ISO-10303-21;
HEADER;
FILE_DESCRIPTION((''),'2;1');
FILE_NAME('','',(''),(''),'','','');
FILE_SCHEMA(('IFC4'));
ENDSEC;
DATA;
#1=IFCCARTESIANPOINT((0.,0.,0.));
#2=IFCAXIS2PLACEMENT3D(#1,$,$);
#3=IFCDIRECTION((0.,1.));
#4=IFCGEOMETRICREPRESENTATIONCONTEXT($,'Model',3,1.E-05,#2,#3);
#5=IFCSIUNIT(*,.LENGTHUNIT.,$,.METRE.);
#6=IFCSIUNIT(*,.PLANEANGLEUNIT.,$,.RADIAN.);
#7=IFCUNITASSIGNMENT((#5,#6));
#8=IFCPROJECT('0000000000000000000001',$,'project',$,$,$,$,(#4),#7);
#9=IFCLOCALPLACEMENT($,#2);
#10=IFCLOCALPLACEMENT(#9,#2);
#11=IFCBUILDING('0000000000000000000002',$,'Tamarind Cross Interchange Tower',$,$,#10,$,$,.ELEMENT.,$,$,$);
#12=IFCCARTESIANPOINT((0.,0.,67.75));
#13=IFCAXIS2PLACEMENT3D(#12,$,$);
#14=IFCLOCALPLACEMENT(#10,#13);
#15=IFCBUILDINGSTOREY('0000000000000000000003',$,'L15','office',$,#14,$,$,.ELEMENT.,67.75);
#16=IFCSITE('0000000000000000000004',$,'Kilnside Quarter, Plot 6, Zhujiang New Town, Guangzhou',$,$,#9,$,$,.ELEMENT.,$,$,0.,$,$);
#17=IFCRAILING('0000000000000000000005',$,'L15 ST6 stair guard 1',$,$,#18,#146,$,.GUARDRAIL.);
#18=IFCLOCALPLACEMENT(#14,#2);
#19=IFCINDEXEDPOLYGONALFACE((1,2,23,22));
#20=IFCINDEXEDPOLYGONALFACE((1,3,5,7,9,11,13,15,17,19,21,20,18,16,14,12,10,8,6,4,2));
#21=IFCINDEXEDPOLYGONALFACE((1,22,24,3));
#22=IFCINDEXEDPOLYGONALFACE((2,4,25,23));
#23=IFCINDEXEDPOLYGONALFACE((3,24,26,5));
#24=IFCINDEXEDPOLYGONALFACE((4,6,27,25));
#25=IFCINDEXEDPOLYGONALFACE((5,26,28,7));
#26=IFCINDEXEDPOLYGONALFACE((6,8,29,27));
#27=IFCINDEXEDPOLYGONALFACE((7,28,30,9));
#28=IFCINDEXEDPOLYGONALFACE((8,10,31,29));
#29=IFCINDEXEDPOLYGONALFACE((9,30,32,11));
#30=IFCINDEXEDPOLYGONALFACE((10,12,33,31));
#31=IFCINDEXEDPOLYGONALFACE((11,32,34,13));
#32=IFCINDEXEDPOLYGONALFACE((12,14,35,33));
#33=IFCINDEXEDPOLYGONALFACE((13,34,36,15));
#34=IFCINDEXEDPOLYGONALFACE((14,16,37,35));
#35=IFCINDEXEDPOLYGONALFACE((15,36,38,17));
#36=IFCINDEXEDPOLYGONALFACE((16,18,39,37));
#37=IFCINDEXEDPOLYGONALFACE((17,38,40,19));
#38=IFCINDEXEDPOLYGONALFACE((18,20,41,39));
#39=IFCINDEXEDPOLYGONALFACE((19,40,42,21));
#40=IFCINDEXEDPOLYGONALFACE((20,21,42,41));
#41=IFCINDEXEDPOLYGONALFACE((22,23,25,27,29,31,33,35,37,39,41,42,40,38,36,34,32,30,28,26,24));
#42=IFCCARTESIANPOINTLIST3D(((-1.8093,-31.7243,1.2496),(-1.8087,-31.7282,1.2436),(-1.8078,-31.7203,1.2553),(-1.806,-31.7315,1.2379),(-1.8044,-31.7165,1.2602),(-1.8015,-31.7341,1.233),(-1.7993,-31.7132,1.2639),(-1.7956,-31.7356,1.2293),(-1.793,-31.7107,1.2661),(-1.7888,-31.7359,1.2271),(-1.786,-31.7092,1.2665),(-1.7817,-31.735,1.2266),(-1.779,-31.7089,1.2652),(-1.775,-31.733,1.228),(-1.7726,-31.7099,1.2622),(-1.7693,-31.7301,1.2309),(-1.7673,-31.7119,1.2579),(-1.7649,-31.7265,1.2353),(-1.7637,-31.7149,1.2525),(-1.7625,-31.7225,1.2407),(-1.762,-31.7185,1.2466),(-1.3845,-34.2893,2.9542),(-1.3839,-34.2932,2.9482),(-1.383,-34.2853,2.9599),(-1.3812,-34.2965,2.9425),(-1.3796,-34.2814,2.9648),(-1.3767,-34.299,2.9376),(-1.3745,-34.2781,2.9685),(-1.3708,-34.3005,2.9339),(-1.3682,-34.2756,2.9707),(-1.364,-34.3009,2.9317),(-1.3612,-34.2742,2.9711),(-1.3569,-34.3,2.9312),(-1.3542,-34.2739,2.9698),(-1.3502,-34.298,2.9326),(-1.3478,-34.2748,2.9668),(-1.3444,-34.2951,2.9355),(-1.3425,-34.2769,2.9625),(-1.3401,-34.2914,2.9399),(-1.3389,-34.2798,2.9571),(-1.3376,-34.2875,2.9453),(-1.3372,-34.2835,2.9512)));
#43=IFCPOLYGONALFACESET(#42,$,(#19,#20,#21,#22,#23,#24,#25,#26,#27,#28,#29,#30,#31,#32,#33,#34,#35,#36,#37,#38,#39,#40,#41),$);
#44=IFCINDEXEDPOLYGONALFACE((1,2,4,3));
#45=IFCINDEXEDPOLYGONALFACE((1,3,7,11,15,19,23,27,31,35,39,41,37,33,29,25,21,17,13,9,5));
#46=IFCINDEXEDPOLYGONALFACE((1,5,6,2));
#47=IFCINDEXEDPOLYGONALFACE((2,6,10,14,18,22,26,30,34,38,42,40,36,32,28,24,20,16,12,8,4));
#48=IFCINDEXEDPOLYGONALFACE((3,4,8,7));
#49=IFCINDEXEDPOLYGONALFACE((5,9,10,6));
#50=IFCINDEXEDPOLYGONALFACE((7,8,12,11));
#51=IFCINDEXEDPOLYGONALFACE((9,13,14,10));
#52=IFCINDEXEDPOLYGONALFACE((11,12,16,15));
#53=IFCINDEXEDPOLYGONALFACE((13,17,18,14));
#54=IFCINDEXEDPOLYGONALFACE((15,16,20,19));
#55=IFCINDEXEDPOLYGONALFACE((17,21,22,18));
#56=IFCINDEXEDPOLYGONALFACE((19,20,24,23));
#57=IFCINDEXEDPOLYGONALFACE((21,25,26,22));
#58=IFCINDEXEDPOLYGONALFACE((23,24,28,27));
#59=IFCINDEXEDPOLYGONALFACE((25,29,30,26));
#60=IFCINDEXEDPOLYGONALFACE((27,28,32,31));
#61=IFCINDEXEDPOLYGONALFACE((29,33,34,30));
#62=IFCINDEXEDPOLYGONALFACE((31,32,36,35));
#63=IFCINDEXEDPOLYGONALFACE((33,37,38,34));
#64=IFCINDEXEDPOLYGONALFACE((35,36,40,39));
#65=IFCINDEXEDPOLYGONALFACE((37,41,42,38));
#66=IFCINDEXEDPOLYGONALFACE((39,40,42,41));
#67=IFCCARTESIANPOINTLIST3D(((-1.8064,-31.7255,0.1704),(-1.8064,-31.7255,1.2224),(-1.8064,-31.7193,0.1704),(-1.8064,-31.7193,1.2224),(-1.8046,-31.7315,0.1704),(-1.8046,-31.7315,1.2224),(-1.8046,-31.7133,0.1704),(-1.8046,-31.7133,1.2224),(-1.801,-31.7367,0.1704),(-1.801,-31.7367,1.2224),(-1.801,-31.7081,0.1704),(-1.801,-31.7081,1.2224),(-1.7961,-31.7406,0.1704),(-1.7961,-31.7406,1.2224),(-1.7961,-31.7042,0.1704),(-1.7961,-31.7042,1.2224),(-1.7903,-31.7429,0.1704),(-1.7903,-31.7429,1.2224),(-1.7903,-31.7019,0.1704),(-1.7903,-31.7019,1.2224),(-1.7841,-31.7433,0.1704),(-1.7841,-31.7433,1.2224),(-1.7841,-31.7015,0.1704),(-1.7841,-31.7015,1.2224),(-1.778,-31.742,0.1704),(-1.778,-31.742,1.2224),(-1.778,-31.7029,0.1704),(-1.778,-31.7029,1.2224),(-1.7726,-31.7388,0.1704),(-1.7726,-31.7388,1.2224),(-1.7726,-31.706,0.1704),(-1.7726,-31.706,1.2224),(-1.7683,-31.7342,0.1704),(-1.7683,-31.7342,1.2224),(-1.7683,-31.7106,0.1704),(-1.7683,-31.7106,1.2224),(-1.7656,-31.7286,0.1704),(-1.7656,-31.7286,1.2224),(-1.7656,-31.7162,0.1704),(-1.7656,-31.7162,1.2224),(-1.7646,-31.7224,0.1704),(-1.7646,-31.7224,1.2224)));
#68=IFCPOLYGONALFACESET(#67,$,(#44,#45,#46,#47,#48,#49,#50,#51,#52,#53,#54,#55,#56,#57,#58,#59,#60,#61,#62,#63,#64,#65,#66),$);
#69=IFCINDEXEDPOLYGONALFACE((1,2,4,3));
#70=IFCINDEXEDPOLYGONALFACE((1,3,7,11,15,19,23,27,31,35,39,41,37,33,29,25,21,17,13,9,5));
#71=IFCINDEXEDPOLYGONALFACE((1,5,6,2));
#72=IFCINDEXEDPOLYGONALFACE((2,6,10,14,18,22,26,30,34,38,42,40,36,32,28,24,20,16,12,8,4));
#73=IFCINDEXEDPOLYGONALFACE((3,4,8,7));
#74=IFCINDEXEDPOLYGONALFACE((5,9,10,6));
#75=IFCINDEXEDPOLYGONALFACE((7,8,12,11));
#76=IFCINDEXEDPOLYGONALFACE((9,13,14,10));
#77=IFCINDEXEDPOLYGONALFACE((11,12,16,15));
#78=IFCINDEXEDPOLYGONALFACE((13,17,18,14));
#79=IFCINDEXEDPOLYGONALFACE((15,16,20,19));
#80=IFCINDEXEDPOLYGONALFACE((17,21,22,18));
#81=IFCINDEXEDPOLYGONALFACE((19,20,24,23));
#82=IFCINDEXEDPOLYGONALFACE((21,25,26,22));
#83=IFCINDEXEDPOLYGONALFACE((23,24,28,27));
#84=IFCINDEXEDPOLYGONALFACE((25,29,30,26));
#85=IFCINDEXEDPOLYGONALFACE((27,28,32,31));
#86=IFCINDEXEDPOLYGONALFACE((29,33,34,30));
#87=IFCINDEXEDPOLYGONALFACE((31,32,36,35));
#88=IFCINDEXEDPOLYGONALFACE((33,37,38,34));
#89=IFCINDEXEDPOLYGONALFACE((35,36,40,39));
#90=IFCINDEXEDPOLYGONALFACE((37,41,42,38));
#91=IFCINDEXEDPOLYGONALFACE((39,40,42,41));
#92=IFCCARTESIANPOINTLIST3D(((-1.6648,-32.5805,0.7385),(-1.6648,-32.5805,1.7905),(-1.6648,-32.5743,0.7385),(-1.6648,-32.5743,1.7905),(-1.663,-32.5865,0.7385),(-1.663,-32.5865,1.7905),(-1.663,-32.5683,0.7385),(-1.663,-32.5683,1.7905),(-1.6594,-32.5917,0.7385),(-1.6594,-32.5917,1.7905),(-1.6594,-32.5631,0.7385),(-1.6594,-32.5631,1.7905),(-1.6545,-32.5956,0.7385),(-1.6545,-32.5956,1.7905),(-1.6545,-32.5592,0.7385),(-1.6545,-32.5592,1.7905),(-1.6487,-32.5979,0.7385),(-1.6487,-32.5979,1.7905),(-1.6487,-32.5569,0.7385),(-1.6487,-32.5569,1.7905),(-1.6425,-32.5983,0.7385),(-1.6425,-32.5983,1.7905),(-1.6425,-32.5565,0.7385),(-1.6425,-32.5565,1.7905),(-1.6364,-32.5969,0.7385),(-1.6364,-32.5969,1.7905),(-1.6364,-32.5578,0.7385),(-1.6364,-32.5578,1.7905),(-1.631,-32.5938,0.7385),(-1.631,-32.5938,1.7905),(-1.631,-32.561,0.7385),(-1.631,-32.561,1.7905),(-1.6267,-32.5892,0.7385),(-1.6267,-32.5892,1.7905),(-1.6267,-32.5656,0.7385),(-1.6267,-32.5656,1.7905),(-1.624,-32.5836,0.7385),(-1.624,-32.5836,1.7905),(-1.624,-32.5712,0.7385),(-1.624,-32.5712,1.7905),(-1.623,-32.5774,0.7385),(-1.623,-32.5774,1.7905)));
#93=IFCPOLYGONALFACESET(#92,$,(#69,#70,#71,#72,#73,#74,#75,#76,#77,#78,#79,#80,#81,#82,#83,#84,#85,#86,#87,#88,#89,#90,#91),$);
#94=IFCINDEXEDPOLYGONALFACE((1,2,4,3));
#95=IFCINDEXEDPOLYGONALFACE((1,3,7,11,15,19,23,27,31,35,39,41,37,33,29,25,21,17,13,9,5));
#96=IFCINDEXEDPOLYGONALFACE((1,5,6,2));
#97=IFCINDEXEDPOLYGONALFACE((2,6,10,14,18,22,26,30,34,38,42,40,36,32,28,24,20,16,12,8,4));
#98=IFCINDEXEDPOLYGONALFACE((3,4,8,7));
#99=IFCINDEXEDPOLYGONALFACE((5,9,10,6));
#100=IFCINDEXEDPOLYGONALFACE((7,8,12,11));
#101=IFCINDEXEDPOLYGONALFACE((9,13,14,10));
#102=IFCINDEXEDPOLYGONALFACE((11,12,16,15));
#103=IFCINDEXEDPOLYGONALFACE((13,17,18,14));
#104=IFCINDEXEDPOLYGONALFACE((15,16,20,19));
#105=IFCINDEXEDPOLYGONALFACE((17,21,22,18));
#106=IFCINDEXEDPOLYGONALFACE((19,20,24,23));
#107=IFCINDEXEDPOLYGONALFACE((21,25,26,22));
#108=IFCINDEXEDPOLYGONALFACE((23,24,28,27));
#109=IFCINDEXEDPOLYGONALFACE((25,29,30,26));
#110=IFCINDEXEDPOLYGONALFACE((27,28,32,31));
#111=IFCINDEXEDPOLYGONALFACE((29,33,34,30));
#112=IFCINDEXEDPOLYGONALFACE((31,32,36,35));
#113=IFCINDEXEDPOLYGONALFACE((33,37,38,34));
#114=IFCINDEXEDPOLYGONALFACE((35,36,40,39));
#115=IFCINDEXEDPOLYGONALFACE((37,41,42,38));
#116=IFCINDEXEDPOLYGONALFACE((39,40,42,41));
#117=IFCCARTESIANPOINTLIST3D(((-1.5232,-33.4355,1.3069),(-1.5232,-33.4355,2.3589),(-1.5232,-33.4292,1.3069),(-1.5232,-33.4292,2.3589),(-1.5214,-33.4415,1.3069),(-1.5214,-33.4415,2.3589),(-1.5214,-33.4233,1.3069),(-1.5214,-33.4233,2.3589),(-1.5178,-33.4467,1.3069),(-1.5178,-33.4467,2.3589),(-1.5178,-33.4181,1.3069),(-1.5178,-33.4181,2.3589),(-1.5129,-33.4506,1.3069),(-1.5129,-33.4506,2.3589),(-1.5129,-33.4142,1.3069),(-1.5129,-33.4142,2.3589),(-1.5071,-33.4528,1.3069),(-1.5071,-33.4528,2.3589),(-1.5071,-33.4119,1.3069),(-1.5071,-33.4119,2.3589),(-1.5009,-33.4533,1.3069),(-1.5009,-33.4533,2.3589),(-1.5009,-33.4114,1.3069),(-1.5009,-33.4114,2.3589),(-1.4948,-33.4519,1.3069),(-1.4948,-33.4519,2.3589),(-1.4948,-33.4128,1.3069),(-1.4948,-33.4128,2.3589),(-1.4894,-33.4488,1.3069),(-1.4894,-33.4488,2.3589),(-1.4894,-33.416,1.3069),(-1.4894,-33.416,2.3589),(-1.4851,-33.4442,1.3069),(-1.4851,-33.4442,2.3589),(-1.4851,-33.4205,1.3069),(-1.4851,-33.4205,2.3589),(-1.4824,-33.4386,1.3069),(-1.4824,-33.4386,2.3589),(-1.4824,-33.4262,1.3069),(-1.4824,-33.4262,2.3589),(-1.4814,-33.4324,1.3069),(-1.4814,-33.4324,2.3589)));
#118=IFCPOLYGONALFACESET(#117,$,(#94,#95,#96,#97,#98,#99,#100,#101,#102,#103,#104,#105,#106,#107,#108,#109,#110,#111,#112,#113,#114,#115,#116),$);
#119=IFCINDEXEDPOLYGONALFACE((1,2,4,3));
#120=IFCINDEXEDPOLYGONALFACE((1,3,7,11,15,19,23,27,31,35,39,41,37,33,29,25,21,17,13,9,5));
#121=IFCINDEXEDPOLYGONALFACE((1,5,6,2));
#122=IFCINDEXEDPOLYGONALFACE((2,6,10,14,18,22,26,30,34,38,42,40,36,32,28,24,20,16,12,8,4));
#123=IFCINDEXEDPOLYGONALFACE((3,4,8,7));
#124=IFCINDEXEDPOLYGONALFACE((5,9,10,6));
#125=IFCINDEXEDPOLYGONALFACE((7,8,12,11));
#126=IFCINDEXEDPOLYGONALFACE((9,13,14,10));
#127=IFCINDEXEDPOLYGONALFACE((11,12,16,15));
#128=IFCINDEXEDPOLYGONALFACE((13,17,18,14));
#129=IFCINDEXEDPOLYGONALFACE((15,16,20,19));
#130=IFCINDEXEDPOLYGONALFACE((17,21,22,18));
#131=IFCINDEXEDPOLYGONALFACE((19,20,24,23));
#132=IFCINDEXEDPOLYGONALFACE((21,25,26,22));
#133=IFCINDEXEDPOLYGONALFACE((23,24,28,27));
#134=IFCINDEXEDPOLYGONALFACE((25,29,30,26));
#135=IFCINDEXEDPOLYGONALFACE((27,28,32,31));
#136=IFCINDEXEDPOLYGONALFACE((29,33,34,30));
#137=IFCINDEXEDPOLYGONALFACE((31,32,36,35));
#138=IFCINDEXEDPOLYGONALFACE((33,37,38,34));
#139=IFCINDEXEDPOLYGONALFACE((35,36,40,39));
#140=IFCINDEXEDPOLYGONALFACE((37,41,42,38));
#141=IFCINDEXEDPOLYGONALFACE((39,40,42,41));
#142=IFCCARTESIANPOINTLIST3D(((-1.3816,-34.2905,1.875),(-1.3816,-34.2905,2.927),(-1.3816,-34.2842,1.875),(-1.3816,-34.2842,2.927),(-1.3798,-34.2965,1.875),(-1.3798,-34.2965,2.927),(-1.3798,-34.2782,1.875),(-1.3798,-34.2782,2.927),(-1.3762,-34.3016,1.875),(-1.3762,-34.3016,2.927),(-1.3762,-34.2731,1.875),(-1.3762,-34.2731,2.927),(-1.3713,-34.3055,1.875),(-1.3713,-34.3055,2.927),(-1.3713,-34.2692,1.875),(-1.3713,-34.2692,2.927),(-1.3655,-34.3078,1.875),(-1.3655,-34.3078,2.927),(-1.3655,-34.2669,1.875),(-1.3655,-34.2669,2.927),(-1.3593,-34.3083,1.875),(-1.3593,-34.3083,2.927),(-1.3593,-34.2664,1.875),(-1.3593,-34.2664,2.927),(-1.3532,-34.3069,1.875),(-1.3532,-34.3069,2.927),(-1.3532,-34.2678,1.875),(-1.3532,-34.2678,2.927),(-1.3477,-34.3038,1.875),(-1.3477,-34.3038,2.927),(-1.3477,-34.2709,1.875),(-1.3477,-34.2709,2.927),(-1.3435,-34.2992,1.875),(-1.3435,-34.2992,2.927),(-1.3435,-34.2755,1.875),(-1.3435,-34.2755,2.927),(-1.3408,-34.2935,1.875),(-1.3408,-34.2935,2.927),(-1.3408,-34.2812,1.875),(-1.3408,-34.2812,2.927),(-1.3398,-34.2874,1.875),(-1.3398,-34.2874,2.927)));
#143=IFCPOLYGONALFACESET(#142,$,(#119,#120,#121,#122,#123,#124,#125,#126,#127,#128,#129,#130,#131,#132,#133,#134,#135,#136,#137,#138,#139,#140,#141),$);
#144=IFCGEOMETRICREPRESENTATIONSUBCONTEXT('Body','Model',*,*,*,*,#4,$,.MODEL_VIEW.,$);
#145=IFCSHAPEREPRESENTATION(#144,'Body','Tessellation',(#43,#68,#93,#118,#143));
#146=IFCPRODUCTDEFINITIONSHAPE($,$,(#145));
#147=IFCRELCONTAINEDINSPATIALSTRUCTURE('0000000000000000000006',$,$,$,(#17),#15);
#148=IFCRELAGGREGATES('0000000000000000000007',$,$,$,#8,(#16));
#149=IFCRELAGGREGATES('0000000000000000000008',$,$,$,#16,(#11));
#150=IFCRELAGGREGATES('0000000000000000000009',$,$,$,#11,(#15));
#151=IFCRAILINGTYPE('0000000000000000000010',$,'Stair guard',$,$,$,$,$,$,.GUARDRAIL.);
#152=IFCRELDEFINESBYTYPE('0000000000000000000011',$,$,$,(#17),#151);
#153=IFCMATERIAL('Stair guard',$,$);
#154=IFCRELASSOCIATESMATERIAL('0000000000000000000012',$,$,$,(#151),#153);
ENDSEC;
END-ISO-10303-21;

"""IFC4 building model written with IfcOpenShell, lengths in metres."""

from ifc_helpers import new_model, si_unit, direction, frame, origin, origin_2d, place, context, subcontext, project, spatial, circle, extrude, material, type_object, element, save


model = new_model("IFC4")

# Units and contexts
model_context = context("Model", 3, precision=1e-05, world=origin(), true_north=direction((0.0, 1.0)))
body_context = subcontext(model_context, "Body", "Model", "MODEL_VIEW")
ifc_project = project(units=[si_unit("LENGTHUNIT", "METRE"), si_unit("PLANEANGLEUNIT", "RADIAN")], contexts=[model_context])

# Site, building, storey
site_placement = place(None, origin())
site = spatial("IfcSite", under=ifc_project, at=site_placement, Name="Kilnside Quarter, Plot 6, Zhujiang New Town, Guangzhou", CompositionType="ELEMENT", RefElevation=0.0)
building_placement = place(site_placement, origin())
building = spatial("IfcBuilding", under=site, at=building_placement, Name="Tamarind Cross Interchange Tower", CompositionType="ELEMENT")
storey_placement = place(building_placement, frame((0.0, 0.0, 67.75)))
storey = spatial("IfcBuildingStorey", under=building, at=storey_placement, Name="L15", Description="office", CompositionType="ELEMENT", Elevation=67.75)

# Railing
ifc_material_1 = material(Name="Stair guard")
railing_type_1 = type_object("IfcRailingType", Name="Stair guard", PredefinedType="GUARDRAIL", material=ifc_material_1)
railing_1_placement = place(storey_placement, frame((-1.7856, -31.7224, 0.1704)))
element("IfcRailing", 1, at=railing_1_placement, inside=storey, type_object=railing_type_1, Name="L15 ST6 stair guard 1", PredefinedType="GUARDRAIL", context=body_context, shape_type="SweptSolid", body=[
    extrude(circle(Radius=0.0239, at=origin_2d()), frame((0.0, 0.0, 1.0762), z_axis=(0.136643, -0.825042, 0.548301), x_axis=(0.986561, 0.163394, 0.0)), (0.0, 0.0, 1.0), 3.1089),
    extrude(circle(Radius=0.021, at=origin_2d()), origin(), (0.0, 0.0, 1.0), 1.052),
    extrude(circle(Radius=0.021, at=origin_2d()), frame((0.1416, -0.855, 0.5681)), (0.0, 0.0, 1.0), 1.052),
    extrude(circle(Radius=0.021, at=origin_2d()), frame((0.2832, -1.71, 1.1365)), (0.0, 0.0, 1.0), 1.052),
    extrude(circle(Radius=0.021, at=origin_2d()), frame((0.4248, -2.5649, 1.7046)), (0.0, 0.0, 1.0), 1.052),
])

save(model, "model.ifc")
